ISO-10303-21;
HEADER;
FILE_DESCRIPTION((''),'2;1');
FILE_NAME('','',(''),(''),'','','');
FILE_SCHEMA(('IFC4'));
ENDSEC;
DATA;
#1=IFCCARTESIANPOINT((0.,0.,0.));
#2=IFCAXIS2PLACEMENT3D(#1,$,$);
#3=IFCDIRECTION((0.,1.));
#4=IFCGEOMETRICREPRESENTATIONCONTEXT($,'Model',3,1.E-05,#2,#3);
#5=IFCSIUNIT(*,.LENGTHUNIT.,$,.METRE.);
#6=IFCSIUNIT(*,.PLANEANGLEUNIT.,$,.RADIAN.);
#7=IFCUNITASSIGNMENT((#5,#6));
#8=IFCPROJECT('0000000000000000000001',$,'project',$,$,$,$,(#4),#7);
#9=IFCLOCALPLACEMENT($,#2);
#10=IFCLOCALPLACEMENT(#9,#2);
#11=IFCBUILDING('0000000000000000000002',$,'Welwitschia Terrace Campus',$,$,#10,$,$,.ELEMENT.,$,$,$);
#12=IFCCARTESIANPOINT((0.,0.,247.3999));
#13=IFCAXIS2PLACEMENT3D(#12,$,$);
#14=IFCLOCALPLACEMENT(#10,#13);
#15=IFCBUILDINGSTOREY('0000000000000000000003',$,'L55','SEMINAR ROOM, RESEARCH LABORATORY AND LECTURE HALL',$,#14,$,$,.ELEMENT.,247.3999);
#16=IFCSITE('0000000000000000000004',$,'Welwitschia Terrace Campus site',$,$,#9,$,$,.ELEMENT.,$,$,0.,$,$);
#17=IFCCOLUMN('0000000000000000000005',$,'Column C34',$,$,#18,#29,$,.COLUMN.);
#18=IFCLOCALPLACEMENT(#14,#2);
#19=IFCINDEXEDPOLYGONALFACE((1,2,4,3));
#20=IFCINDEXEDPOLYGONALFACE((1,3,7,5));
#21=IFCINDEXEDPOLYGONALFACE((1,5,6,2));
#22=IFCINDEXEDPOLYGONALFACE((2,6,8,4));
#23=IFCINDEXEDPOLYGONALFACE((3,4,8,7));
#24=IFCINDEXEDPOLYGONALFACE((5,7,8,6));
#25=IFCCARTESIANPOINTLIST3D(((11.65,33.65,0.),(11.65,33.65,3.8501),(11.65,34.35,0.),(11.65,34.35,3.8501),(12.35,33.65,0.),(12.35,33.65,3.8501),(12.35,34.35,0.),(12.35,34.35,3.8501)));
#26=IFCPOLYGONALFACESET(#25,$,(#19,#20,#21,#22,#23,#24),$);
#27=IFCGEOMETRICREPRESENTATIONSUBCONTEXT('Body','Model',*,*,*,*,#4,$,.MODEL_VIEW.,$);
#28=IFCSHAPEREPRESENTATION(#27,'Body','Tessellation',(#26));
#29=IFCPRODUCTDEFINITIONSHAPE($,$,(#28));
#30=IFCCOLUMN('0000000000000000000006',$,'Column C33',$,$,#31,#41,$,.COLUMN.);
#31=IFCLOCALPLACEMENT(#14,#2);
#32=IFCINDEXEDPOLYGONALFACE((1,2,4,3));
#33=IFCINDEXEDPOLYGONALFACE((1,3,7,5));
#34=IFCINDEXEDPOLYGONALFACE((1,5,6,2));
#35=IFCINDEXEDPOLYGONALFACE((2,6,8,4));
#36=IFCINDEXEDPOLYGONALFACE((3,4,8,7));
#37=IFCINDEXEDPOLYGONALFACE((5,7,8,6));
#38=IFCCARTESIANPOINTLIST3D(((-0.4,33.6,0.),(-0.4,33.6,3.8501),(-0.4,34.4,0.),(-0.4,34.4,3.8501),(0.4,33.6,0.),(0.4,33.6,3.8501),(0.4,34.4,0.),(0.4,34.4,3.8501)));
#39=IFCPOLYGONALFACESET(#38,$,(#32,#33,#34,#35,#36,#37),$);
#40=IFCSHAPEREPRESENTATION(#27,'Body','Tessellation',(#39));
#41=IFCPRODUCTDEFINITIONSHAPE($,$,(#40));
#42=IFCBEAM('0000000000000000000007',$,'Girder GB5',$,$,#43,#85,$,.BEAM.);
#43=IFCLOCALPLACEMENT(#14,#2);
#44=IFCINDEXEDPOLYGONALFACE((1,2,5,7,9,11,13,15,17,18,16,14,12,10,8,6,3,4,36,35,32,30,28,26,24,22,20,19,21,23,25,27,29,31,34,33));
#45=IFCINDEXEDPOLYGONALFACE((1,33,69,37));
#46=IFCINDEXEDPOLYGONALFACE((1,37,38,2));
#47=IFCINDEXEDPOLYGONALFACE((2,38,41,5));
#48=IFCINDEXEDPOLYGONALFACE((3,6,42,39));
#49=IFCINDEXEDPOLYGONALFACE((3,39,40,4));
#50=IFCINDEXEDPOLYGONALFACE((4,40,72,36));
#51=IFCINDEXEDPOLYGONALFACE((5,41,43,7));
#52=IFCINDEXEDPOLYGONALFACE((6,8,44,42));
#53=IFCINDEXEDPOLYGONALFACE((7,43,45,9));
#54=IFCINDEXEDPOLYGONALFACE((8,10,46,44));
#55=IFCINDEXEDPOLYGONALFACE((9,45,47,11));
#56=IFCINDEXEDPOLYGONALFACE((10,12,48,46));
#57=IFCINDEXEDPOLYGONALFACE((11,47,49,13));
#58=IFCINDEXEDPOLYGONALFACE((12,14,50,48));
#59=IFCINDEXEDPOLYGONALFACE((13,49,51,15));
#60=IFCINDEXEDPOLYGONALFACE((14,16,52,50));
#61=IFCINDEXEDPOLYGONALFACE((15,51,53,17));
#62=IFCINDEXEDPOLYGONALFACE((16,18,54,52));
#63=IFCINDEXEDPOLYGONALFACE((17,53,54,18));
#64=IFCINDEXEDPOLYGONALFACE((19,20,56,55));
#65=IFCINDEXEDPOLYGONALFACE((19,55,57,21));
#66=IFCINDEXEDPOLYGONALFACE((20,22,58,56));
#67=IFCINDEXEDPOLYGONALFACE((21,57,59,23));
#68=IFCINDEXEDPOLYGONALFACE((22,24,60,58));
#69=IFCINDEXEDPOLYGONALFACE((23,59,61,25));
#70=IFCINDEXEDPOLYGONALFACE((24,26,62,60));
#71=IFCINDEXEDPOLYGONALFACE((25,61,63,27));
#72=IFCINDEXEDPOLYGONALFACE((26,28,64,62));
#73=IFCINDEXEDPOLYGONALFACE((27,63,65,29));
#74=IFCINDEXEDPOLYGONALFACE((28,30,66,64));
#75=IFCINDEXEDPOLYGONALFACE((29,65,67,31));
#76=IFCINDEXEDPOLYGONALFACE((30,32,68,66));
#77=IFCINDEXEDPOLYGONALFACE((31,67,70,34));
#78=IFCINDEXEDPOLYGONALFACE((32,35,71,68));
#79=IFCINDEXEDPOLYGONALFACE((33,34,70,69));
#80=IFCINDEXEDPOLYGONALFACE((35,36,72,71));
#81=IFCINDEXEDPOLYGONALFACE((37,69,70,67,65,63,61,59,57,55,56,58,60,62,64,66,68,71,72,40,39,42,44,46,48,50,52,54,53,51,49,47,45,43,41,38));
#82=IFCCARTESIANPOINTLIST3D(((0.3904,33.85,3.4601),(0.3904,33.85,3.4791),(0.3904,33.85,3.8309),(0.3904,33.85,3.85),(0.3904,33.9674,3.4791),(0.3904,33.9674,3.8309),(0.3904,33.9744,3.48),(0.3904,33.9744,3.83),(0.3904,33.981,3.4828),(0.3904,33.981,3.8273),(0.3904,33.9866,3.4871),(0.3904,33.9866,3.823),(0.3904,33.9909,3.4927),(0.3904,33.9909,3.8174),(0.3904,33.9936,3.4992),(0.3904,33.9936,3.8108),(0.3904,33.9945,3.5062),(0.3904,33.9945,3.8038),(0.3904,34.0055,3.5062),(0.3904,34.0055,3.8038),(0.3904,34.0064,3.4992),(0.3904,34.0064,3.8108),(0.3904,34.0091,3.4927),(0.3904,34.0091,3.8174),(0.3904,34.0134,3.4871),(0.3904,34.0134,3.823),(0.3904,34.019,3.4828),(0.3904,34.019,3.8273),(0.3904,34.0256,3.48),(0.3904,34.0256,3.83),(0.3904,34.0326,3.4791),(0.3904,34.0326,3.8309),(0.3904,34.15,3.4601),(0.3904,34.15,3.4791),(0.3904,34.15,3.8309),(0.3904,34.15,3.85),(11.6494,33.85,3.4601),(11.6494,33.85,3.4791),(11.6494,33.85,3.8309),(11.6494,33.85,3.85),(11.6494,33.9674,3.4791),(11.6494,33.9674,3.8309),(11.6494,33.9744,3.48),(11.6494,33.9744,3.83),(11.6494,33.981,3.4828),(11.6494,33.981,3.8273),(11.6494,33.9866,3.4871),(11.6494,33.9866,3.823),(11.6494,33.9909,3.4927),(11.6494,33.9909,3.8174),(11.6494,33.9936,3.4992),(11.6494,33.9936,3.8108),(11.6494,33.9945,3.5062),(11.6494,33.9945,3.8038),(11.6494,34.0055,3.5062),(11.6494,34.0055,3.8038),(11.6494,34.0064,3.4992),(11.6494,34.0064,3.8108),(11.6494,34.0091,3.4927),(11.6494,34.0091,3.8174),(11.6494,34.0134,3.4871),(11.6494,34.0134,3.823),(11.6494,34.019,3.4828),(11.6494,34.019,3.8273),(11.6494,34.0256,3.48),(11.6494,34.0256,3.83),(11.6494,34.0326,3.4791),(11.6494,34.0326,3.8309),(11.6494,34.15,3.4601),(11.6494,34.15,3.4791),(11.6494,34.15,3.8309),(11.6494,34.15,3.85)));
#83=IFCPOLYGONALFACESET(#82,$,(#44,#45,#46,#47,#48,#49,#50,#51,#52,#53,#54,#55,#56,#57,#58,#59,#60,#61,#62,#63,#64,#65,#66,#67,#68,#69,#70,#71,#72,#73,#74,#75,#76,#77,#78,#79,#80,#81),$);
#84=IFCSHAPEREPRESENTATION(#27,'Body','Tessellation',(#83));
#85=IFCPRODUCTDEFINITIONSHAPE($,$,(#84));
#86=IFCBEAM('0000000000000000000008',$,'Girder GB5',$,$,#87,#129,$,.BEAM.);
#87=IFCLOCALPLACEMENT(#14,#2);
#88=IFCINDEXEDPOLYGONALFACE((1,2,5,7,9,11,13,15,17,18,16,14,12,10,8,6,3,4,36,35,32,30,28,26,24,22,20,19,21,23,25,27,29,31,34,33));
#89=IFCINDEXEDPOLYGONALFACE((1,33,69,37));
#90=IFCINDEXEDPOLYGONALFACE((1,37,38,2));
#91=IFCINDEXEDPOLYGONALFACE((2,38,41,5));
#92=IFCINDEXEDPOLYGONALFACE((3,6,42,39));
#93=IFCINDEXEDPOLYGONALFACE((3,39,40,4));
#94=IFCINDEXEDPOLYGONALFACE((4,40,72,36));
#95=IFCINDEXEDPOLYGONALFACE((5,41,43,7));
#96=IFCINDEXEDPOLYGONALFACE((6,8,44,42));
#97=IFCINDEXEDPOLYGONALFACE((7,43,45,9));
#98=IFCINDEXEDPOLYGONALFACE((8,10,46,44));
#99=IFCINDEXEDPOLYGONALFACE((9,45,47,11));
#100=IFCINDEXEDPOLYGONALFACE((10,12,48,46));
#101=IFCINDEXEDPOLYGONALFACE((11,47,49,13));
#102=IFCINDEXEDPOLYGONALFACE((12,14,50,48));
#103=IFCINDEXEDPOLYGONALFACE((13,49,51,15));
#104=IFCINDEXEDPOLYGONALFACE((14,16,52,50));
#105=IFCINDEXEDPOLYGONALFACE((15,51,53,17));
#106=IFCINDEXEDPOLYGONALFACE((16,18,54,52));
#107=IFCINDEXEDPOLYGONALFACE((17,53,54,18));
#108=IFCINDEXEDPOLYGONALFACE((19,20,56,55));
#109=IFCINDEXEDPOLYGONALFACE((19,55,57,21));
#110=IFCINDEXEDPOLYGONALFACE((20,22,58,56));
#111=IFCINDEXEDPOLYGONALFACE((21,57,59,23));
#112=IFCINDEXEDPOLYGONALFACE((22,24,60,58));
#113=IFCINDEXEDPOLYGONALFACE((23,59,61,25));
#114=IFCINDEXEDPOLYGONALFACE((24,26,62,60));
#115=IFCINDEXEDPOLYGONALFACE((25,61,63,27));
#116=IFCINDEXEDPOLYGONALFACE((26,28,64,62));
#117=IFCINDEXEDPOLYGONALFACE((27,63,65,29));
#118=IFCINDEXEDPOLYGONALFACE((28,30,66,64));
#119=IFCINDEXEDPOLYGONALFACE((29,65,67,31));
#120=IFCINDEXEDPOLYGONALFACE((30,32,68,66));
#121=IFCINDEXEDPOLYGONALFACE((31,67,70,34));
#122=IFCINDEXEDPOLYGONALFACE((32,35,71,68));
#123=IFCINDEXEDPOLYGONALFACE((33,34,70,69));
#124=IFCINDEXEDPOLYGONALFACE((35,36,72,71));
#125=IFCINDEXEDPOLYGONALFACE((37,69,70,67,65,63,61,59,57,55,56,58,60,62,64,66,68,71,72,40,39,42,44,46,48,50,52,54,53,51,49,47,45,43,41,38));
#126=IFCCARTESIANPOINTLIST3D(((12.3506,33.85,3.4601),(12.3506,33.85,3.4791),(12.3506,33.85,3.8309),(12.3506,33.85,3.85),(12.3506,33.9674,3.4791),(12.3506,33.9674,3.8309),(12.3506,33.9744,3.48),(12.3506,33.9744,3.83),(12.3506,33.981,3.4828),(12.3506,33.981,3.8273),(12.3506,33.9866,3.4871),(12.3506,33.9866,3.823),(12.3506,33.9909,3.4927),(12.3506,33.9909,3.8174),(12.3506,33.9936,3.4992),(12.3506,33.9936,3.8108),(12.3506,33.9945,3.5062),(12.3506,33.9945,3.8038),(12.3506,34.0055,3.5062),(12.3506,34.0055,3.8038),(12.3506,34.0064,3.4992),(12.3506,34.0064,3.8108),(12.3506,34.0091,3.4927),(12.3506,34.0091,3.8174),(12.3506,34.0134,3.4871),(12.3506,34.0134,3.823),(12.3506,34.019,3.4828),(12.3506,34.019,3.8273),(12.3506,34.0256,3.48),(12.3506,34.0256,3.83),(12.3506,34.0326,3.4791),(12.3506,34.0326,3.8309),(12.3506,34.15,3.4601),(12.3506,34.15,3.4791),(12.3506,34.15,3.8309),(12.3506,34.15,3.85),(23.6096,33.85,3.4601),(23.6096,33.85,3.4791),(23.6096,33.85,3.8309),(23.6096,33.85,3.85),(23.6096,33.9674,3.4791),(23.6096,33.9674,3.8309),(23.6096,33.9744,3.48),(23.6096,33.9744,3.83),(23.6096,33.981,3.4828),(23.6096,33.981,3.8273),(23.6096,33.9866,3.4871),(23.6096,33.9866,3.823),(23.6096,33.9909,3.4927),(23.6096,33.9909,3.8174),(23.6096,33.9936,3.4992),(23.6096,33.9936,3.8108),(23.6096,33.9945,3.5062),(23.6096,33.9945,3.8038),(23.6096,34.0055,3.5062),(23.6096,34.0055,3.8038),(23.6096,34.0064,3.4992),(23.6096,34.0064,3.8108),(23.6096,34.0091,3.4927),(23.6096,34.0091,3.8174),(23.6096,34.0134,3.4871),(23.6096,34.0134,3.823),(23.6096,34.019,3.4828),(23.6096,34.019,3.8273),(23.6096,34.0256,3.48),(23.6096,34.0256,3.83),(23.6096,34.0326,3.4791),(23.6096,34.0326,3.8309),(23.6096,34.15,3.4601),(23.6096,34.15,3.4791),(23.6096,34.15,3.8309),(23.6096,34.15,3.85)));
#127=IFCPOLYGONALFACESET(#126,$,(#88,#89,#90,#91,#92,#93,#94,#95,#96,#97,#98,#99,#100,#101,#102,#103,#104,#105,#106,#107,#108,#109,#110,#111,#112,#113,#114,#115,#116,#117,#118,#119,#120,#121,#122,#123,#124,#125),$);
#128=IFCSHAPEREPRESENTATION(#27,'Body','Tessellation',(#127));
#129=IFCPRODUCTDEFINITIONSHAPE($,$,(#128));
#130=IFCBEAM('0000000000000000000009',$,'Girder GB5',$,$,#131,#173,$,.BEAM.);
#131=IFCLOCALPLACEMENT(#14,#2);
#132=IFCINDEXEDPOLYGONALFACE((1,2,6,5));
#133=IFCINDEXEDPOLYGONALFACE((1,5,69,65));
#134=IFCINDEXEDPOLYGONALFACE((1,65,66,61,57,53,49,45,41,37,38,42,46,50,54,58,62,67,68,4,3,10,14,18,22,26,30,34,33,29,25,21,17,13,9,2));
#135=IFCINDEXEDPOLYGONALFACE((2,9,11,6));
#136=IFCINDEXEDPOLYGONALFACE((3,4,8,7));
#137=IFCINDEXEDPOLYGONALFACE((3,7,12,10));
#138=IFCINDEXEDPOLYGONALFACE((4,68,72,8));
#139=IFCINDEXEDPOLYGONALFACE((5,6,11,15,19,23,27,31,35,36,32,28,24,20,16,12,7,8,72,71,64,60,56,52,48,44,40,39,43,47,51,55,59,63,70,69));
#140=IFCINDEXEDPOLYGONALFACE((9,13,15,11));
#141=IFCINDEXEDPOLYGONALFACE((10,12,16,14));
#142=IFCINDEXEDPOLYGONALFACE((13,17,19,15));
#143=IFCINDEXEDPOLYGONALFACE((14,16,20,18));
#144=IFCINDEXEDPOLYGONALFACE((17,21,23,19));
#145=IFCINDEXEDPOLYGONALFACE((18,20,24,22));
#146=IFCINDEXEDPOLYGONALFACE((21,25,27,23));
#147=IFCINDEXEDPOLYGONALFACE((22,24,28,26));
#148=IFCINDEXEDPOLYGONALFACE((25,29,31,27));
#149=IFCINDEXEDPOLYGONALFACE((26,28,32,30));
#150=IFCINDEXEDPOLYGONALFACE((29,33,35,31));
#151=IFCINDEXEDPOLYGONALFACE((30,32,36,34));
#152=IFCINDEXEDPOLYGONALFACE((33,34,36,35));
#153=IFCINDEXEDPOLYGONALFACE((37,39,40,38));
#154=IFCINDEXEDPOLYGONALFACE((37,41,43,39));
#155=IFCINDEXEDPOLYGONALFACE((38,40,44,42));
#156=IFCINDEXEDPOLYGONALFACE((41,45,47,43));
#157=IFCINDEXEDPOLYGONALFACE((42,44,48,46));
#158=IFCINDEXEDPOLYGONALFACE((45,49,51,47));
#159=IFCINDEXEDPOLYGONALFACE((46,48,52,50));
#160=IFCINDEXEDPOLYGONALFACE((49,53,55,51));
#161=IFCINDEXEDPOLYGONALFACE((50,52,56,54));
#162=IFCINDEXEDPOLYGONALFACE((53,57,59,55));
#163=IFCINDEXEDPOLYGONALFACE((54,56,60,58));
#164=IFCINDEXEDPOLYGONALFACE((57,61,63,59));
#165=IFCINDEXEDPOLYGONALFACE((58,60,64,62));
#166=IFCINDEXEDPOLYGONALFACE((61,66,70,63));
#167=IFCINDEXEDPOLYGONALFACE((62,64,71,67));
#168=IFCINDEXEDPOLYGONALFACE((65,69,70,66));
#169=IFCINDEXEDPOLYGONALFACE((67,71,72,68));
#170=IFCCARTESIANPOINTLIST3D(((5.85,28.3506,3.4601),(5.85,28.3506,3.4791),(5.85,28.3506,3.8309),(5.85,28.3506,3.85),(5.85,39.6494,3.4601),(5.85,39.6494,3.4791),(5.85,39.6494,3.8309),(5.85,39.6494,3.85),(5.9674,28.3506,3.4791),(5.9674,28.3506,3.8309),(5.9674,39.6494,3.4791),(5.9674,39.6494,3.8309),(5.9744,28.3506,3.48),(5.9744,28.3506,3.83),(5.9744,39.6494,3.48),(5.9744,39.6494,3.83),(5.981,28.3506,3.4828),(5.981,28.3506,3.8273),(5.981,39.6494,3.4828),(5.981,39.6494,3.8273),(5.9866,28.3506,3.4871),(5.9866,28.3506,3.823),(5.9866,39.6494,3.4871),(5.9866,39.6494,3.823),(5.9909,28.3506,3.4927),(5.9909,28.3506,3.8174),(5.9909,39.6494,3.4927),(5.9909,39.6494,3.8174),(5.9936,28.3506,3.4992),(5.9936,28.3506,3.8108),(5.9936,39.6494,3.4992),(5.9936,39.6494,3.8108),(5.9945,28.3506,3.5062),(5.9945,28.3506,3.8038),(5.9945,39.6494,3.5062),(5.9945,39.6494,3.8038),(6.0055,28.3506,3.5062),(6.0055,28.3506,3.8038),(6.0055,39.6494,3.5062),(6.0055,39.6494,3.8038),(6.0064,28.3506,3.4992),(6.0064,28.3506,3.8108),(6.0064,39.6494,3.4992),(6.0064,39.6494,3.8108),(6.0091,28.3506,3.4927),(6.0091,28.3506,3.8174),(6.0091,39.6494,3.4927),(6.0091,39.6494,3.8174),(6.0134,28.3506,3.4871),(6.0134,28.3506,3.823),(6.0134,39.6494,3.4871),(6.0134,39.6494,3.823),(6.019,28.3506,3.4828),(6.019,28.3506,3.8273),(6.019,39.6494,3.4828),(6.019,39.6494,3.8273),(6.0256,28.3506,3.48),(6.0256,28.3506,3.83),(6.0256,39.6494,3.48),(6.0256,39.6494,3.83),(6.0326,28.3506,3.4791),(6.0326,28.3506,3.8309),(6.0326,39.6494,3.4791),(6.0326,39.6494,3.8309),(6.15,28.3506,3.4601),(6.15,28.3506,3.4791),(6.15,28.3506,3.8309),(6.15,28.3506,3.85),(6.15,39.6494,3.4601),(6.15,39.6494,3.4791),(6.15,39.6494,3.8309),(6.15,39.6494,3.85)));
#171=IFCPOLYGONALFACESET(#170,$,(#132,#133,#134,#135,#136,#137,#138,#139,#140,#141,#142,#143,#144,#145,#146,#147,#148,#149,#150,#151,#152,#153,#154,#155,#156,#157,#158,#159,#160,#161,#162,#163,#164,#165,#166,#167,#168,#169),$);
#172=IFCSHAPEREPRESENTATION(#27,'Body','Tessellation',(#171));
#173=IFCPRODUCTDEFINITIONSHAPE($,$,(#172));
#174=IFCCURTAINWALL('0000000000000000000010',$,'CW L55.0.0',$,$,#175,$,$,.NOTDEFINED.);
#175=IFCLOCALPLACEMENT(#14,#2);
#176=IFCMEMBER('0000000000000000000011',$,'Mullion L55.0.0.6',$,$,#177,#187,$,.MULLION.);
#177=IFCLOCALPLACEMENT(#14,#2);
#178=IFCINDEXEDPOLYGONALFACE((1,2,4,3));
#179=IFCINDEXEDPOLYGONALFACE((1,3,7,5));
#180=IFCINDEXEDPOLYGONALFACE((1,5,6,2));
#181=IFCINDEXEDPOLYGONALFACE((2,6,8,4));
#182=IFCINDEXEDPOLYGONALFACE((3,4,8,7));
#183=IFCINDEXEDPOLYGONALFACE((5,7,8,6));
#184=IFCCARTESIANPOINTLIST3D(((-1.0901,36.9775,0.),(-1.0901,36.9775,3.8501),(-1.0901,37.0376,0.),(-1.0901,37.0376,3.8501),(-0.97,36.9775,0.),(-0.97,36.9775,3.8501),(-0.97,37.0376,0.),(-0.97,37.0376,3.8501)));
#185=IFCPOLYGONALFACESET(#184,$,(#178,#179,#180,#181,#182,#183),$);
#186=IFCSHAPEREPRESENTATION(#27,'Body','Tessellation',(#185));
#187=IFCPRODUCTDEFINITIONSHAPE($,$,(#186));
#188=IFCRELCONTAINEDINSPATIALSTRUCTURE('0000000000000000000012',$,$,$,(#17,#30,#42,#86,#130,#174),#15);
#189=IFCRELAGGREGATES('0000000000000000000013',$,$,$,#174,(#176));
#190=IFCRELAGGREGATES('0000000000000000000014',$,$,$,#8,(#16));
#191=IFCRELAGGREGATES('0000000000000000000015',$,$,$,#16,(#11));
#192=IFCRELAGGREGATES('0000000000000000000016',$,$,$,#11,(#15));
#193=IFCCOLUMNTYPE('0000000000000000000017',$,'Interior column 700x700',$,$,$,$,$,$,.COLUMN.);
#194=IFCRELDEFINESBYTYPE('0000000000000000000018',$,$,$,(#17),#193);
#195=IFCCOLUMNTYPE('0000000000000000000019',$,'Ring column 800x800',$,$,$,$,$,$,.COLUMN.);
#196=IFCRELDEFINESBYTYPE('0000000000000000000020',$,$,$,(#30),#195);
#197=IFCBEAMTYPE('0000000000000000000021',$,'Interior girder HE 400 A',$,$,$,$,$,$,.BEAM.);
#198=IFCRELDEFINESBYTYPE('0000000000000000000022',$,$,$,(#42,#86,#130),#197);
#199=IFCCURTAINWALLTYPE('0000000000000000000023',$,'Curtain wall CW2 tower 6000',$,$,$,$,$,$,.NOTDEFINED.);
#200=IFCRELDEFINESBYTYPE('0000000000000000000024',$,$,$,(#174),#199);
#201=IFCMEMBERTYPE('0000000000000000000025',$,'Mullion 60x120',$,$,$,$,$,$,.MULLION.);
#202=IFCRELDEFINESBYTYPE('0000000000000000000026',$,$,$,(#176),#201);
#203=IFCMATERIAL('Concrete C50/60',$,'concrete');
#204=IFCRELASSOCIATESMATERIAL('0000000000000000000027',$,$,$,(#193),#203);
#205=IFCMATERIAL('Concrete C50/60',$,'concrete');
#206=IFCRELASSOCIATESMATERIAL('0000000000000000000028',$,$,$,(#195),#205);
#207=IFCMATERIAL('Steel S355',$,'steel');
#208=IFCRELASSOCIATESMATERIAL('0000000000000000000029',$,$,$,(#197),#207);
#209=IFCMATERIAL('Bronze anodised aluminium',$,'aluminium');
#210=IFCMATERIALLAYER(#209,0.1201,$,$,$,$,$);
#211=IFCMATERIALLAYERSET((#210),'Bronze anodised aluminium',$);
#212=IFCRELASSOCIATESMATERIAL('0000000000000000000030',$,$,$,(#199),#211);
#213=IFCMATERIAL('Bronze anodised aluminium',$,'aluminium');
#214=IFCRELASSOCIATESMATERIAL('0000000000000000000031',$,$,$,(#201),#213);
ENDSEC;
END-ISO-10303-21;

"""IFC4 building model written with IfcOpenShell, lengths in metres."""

from ifc_helpers import new_model, si_unit, direction, frame, origin, origin_2d, place, context, subcontext, project, spatial, rectangle, i_section, extrude, material, layer, layer_set, material_profile, profile_set, type_object, element, aggregate, save


model = new_model("IFC4")

# Units and contexts
model_context = context("Model", 3, precision=1e-05, world=origin(), true_north=direction((0.0, 1.0)))
body_context = subcontext(model_context, "Body", "Model", "MODEL_VIEW")
ifc_project = project(units=[si_unit("LENGTHUNIT", "METRE"), si_unit("PLANEANGLEUNIT", "RADIAN")], contexts=[model_context])

# Site, building, storey
site_placement = place(None, origin())
site = spatial("IfcSite", under=ifc_project, at=site_placement, Name="Welwitschia Terrace Campus site", CompositionType="ELEMENT", RefElevation=0.0)
building_placement = place(site_placement, origin())
building = spatial("IfcBuilding", under=site, at=building_placement, Name="Welwitschia Terrace Campus", CompositionType="ELEMENT")
storey_placement = place(building_placement, frame((0.0, 0.0, 247.3999)))
storey = spatial("IfcBuildingStorey", under=building, at=storey_placement, Name="L55", Description="SEMINAR ROOM, RESEARCH LABORATORY AND LECTURE HALL", CompositionType="ELEMENT", Elevation=247.3999)

# Columns
ifc_material_1 = material(Name="Concrete C50/60", Category="concrete")
ifc_material_profile_1 = material_profile(ifc_material_1, rectangle(XDim=0.7, YDim=0.7, at=origin_2d()))
ifc_profile_set_1 = profile_set([ifc_material_profile_1], Name="Concrete C50/60")
column_type_1 = type_object("IfcColumnType", Name="Interior column 700x700", PredefinedType="COLUMN", material=ifc_profile_set_1)
column_1_placement = place(storey_placement, frame((12.0, 34.0, 0.0), z_axis=(0.0, 0.0, 1.0), x_axis=(1.0, 0.0, 0.0)))
element("IfcColumn", 1, at=column_1_placement, inside=storey, type_object=column_type_1, Name="Column C34", PredefinedType="COLUMN", context=body_context, shape_type="SweptSolid", body=[
    extrude(rectangle(XDim=0.7, YDim=0.7, at=origin_2d()), origin(), (0.0, 0.0, 1.0), 3.8501),
])
ifc_material_2 = material(Name="Concrete C50/60", Category="concrete")
ifc_material_profile_2 = material_profile(ifc_material_2, rectangle(XDim=0.8, YDim=0.8, at=origin_2d()))
ifc_profile_set_2 = profile_set([ifc_material_profile_2], Name="Concrete C50/60")
column_type_2 = type_object("IfcColumnType", Name="Ring column 800x800", PredefinedType="COLUMN", material=ifc_profile_set_2)
column_2_placement = place(storey_placement, frame((0.0, 34.0, 0.0), z_axis=(0.0, 0.0, 1.0), x_axis=(1.0, 0.0, 0.0)))
element("IfcColumn", 2, at=column_2_placement, inside=storey, type_object=column_type_2, Name="Column C33", PredefinedType="COLUMN", context=body_context, shape_type="SweptSolid", body=[
    extrude(rectangle(XDim=0.8, YDim=0.8, at=origin_2d()), origin(), (0.0, 0.0, 1.0), 3.8501),
])

# Beams
ifc_material_3 = material(Name="Steel S355", Category="steel")
ifc_material_profile_3 = material_profile(ifc_material_3, i_section(OverallWidth=0.3, OverallDepth=0.3899, WebThickness=0.011, FlangeThickness=0.019, FilletRadius=0.0271, at=origin_2d()))
ifc_profile_set_3 = profile_set([ifc_material_profile_3], Name="Steel S355")
beam_type_1 = type_object("IfcBeamType", Name="Interior girder HE 400 A", PredefinedType="BEAM", material=ifc_profile_set_3)
for number, where, z_axis, x_axis, name in (
    (3, (0.3904, 34.0, 3.655), (1.0, 0.0, 0.0), (0.0, 1.0, 0.0), "Girder GB5"),
    (4, (12.3506, 34.0, 3.655), (1.0, 0.0, 0.0), (0.0, 1.0, 0.0), "Girder GB5"),
):
    element("IfcBeam", number, at=place(storey_placement, frame(where, z_axis=z_axis, x_axis=x_axis)), inside=storey, type_object=beam_type_1, Name=name, PredefinedType="BEAM", context=body_context, shape_type="SweptSolid", body=[
        extrude(i_section(OverallWidth=0.3, OverallDepth=0.3899, WebThickness=0.011, FlangeThickness=0.019, FilletRadius=0.0271, at=origin_2d()), origin(), (0.0, 0.0, 1.0), 11.259),
    ])
beam_1_placement = place(storey_placement, frame((6.0, 28.3506, 3.655), z_axis=(0.0, 1.0, 0.0), x_axis=(-1.0, 0.0, 0.0)))
element("IfcBeam", 5, at=beam_1_placement, inside=storey, type_object=beam_type_1, Name="Girder GB5", PredefinedType="BEAM", context=body_context, shape_type="SweptSolid", body=[
    extrude(i_section(OverallWidth=0.3, OverallDepth=0.3899, WebThickness=0.011, FlangeThickness=0.019, FilletRadius=0.0271, at=origin_2d()), origin(), (0.0, 0.0, 1.0), 11.2988),
])

# Curtain wall, member
ifc_material_4 = material(Name="Bronze anodised aluminium", Category="aluminium")
ifc_layer_1 = layer(ifc_material_4, 0.1201)
ifc_layer_set_1 = layer_set([ifc_layer_1], Name="Bronze anodised aluminium")
curtain_wall_type = type_object("IfcCurtainWallType", Name="Curtain wall CW2 tower 6000", PredefinedType="NOTDEFINED", material=ifc_layer_set_1)
curtain_wall_1_placement = place(storey_placement, origin())
curtain_wall_1 = element("IfcCurtainWall", 6, at=curtain_wall_1_placement, inside=storey, type_object=curtain_wall_type, Name="CW L55.0.0", PredefinedType="NOTDEFINED")
ifc_material_5 = material(Name="Bronze anodised aluminium", Category="aluminium")
ifc_material_profile_4 = material_profile(ifc_material_5, rectangle(XDim=0.1201, YDim=0.0601, at=origin_2d()))
ifc_profile_set_4 = profile_set([ifc_material_profile_4], Name="Bronze anodised aluminium")
member_type_1 = type_object("IfcMemberType", Name="Mullion 60x120", PredefinedType="MULLION", material=ifc_profile_set_4)
member_1_placement = place(storey_placement, frame((-1.03, 37.0076, 0.0), z_axis=(0.0, 0.0, 1.0), x_axis=(1.0, 0.0, 0.0)))
member_1 = element("IfcMember", 7, at=member_1_placement, type_object=member_type_1, Name="Mullion L55.0.0.6", PredefinedType="MULLION", context=body_context, shape_type="SweptSolid", body=[
    extrude(rectangle(XDim=0.1201, YDim=0.0601, at=origin_2d()), origin(), (0.0, 0.0, 1.0), 3.8501),
])
aggregate(curtain_wall_1, [member_1])

save(model, "model.ifc")
